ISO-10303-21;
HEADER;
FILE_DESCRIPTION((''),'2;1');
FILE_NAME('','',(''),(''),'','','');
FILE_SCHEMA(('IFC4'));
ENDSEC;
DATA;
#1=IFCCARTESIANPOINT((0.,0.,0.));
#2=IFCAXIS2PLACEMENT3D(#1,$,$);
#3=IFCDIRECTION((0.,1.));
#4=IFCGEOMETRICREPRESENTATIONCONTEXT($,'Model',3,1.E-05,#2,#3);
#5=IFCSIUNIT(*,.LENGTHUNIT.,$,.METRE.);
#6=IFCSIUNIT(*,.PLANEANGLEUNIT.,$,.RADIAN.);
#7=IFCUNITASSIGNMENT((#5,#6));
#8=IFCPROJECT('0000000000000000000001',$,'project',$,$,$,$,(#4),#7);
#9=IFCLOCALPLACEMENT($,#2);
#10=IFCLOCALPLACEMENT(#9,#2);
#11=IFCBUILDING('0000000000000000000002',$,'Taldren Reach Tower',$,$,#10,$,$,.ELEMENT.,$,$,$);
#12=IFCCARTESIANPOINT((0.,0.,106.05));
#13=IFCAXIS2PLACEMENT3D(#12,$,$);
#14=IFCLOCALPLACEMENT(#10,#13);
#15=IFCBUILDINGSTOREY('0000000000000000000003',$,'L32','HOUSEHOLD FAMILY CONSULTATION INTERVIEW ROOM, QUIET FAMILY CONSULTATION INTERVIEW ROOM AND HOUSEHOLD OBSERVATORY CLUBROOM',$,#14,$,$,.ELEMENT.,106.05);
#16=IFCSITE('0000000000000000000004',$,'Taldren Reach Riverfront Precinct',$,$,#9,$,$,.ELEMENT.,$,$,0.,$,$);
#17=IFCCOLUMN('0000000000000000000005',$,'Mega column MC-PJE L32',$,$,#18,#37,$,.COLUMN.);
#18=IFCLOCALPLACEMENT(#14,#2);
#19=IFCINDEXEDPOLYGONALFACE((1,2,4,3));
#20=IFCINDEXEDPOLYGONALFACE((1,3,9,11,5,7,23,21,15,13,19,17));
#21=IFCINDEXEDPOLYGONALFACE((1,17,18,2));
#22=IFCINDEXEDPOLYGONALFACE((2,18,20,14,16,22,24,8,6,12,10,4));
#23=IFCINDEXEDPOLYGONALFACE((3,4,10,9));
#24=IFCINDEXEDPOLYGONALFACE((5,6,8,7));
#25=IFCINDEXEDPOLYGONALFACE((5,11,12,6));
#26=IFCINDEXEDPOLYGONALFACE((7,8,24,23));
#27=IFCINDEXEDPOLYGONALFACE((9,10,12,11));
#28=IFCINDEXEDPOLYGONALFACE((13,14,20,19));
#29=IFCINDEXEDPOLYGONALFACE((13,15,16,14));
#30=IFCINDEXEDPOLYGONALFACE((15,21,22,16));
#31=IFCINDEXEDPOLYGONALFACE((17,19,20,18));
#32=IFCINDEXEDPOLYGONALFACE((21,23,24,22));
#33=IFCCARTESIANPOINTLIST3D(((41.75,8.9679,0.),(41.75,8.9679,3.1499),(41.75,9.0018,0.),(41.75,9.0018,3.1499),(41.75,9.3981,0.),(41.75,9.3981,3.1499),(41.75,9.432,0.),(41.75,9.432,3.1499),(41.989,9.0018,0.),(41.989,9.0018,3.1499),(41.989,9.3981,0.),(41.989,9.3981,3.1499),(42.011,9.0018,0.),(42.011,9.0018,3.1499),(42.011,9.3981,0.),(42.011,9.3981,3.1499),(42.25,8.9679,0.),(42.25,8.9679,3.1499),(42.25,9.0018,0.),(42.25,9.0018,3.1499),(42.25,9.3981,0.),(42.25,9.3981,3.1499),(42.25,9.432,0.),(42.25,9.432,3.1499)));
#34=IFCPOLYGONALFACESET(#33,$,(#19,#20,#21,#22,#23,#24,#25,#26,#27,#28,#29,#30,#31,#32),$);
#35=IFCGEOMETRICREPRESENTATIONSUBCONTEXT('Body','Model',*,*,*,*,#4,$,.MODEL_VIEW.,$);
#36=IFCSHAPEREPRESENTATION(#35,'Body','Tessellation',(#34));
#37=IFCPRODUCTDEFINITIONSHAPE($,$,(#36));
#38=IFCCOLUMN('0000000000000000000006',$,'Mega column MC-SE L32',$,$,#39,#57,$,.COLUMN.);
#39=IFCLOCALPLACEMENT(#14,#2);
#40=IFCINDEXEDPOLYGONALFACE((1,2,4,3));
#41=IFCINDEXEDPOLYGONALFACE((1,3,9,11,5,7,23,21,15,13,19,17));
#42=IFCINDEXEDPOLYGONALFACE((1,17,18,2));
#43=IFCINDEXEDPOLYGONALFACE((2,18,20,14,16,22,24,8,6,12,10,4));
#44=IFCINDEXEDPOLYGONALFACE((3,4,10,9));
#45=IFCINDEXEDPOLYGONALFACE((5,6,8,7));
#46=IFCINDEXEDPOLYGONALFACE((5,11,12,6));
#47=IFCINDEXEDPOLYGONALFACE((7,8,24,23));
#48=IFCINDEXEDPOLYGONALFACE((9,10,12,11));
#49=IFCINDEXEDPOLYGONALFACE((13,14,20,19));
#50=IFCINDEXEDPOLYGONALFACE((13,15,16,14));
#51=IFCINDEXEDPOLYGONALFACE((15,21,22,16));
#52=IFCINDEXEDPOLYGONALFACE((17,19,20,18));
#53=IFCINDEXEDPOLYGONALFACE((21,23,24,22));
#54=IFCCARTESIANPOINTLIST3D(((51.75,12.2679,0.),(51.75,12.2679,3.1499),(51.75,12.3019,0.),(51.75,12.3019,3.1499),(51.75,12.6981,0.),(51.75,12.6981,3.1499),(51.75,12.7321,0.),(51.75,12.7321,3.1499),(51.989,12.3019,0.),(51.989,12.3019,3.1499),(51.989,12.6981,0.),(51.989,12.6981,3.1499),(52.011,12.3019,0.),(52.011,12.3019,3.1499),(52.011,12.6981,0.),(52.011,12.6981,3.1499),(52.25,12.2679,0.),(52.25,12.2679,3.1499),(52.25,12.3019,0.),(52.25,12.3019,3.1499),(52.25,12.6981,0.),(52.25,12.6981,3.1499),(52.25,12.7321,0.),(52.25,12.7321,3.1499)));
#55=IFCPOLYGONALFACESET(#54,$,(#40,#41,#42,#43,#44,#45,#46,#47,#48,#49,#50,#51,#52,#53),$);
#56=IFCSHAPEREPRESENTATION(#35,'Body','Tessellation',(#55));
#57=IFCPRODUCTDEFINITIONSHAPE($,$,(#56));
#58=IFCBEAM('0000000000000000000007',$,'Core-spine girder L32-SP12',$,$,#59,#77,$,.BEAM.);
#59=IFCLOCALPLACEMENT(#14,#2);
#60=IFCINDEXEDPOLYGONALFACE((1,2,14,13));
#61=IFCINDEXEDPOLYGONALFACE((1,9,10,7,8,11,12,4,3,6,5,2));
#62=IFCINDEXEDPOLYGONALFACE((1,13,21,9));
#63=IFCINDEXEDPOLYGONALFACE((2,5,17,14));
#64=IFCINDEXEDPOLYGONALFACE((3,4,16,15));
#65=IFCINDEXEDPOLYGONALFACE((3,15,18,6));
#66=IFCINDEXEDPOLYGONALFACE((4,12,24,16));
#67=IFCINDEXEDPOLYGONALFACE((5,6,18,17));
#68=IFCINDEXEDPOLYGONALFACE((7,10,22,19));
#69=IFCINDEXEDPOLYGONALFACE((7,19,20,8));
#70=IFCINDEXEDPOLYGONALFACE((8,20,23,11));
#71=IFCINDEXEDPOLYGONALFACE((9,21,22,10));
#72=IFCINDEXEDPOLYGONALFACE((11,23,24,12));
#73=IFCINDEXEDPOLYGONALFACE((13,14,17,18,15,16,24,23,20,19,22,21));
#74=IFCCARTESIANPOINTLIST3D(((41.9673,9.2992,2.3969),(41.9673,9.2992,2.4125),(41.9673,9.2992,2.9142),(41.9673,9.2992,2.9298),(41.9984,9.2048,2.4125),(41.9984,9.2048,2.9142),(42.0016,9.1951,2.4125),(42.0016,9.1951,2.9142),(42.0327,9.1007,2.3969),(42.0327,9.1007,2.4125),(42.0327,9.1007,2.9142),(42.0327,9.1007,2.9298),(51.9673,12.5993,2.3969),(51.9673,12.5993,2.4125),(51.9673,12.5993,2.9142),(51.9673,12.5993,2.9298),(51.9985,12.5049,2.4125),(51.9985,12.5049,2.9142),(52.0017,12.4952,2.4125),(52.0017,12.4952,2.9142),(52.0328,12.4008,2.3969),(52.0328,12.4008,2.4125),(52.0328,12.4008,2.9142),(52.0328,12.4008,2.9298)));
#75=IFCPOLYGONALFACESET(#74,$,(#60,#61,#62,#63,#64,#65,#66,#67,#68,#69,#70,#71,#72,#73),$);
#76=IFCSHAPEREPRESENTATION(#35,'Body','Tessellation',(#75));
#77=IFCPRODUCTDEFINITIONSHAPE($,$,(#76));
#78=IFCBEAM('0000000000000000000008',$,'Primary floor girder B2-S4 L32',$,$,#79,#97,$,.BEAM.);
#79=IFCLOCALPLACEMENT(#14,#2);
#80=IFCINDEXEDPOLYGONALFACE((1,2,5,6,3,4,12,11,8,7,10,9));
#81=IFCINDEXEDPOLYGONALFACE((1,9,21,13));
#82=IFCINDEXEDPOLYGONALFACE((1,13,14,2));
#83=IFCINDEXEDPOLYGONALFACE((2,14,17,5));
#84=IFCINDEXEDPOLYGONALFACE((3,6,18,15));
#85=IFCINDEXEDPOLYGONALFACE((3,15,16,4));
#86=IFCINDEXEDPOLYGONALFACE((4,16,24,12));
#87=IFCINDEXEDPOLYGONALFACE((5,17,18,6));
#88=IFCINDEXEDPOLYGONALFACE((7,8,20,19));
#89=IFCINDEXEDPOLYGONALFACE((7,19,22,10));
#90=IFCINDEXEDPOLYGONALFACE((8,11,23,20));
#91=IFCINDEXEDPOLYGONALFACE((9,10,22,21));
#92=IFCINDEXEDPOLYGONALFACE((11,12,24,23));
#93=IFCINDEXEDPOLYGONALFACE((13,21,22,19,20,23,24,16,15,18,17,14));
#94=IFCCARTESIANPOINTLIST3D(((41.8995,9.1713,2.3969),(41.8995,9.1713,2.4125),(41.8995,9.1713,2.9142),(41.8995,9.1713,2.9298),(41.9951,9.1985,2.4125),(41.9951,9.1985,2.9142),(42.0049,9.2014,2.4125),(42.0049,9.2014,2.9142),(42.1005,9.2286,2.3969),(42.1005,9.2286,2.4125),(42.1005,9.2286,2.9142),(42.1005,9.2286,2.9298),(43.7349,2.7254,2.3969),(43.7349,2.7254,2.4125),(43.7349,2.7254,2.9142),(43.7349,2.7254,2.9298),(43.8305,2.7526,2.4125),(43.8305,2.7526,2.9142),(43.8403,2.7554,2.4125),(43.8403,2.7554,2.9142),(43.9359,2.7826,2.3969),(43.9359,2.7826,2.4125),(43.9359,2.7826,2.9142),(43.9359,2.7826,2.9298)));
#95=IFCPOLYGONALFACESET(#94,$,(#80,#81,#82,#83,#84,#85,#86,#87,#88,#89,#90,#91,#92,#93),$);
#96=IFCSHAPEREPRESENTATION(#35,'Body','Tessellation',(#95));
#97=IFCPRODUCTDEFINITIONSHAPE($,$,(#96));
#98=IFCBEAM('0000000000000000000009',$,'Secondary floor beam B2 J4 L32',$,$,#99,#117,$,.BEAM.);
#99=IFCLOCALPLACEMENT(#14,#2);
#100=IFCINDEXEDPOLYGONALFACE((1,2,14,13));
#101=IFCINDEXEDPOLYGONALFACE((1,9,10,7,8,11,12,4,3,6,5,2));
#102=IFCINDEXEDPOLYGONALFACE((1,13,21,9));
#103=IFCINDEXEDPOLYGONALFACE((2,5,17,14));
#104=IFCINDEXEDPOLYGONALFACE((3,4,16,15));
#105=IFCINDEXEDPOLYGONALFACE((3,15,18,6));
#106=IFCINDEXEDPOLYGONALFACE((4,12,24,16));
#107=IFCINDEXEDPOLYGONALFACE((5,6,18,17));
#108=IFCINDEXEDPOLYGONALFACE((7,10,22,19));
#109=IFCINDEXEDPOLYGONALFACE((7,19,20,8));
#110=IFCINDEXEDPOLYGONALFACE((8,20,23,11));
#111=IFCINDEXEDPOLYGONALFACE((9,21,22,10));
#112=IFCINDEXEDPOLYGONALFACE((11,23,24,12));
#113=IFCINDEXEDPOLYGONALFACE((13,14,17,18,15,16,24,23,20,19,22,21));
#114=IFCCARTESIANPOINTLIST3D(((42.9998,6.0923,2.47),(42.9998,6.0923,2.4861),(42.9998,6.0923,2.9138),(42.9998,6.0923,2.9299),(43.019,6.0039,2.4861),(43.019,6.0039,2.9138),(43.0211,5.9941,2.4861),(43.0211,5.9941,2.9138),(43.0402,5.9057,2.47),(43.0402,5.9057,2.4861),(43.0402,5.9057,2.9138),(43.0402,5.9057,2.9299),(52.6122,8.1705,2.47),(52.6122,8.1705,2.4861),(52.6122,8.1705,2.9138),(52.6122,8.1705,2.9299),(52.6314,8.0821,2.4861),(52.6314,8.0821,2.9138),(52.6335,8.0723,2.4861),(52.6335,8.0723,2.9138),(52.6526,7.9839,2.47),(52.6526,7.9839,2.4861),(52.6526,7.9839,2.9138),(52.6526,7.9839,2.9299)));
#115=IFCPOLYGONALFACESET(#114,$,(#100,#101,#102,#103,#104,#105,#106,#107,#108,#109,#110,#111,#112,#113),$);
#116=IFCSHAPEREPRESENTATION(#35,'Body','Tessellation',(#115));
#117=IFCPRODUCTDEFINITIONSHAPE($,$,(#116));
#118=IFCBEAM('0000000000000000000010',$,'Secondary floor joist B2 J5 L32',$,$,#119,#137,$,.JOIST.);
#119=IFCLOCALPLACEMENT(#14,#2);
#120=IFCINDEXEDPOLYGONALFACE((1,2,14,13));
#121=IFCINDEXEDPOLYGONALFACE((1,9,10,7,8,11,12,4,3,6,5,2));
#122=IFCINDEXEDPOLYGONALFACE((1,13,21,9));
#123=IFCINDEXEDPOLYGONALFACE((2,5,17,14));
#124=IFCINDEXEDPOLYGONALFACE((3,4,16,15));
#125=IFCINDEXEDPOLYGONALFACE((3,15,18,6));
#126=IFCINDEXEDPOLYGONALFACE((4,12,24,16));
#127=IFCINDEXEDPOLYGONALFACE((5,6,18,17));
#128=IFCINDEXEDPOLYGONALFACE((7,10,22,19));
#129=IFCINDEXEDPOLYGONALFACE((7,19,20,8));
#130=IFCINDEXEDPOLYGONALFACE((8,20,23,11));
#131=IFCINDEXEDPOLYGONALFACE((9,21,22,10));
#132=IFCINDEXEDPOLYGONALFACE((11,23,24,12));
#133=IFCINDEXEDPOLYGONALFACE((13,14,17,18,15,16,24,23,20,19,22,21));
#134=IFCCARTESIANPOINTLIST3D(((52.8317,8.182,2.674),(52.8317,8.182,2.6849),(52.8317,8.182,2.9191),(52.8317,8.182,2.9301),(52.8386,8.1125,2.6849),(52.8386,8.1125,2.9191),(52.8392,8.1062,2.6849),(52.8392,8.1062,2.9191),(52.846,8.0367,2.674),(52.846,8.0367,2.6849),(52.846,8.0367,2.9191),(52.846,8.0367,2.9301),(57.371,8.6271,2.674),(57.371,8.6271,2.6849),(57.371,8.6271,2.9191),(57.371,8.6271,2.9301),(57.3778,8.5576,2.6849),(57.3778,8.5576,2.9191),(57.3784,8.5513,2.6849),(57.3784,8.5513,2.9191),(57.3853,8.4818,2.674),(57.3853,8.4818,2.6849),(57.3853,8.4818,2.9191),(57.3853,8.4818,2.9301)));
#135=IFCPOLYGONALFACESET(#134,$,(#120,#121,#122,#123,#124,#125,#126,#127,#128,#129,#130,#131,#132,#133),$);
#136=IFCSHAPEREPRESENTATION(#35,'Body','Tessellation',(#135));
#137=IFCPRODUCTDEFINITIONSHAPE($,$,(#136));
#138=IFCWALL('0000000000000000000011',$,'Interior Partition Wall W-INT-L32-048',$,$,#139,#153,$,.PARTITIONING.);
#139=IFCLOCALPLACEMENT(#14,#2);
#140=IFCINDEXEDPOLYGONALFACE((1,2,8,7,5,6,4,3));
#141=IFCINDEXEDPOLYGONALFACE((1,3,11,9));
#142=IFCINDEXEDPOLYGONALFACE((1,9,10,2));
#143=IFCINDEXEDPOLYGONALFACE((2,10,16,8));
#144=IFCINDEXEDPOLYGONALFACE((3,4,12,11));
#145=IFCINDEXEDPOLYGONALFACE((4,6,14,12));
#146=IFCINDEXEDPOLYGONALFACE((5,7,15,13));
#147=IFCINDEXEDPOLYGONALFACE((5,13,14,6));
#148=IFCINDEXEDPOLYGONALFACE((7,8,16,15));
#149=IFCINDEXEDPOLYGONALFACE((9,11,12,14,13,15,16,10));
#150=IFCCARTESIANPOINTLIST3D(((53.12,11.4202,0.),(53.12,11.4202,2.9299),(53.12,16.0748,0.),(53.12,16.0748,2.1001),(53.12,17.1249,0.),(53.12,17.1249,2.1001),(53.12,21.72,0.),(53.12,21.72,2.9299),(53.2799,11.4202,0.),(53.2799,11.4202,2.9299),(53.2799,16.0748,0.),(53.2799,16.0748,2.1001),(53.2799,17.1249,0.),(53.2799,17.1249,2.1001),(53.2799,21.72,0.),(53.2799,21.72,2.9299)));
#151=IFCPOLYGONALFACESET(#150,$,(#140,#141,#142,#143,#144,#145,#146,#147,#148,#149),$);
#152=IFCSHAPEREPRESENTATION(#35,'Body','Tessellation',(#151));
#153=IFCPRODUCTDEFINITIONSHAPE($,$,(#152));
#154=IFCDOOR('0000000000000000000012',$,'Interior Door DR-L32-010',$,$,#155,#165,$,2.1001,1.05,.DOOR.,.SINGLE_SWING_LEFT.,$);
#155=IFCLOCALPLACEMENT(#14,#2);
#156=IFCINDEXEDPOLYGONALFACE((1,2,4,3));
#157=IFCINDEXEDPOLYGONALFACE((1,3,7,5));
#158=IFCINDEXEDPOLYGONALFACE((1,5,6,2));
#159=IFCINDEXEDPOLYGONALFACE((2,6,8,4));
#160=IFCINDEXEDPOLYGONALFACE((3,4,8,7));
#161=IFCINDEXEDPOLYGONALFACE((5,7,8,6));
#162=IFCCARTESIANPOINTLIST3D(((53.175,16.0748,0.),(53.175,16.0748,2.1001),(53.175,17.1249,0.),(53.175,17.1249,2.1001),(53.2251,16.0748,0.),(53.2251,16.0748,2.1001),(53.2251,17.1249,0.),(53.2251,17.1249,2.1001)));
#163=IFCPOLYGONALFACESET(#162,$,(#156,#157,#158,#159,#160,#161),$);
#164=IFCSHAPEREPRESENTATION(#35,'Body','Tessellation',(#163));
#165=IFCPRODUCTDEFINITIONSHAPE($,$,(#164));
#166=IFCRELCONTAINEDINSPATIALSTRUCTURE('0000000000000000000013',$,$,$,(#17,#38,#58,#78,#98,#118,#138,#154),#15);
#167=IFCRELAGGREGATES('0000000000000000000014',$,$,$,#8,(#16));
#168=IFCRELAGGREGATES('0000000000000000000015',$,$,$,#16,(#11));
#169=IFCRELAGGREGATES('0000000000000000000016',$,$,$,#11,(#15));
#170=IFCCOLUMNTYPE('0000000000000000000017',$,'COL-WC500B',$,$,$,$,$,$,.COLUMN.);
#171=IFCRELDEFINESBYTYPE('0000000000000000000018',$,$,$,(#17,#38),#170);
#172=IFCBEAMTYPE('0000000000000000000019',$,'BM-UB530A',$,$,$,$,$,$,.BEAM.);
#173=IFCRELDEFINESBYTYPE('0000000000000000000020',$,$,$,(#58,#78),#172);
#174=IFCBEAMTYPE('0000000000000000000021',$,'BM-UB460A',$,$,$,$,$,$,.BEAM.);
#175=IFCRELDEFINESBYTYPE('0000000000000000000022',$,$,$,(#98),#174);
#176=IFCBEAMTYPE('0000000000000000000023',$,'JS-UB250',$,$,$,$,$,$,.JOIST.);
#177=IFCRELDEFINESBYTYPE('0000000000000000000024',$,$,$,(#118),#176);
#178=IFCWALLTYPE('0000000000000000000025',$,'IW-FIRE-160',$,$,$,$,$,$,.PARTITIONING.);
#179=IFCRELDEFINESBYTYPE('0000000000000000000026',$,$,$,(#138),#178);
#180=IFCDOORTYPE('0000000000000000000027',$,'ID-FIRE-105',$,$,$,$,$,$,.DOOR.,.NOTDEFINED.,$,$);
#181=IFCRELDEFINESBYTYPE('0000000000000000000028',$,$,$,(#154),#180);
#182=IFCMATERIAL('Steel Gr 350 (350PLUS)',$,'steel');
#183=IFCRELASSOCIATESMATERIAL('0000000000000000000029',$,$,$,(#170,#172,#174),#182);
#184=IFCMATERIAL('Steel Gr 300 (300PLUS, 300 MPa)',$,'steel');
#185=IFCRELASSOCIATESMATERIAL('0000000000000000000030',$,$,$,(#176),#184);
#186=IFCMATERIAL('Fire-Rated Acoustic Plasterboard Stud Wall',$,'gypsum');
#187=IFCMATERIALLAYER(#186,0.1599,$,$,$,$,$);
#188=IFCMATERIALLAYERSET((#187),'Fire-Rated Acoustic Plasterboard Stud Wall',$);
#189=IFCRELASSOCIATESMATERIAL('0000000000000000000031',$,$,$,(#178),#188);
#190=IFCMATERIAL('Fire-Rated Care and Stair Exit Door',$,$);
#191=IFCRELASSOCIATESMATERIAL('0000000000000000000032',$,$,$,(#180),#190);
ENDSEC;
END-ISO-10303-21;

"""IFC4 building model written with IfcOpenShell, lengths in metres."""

from ifc_helpers import new_model, si_unit, direction, frame, frame_2d, origin, origin_2d, place, context, subcontext, project, spatial, rectangle, i_section, extrude, source, transform, mapped, material, layer, layer_set, material_profile, profile_set, type_object, element, fill, save


model = new_model("IFC4")

# Units and contexts
model_context = context("Model", 3, precision=1e-05, world=origin(), true_north=direction((0.0, 1.0)))
body_context = subcontext(model_context, "Body", "Model", "MODEL_VIEW")
ifc_project = project(units=[si_unit("LENGTHUNIT", "METRE"), si_unit("PLANEANGLEUNIT", "RADIAN")], contexts=[model_context])

# Site, building, storey
site_placement = place(None, origin())
site = spatial("IfcSite", under=ifc_project, at=site_placement, Name="Taldren Reach Riverfront Precinct", CompositionType="ELEMENT", RefElevation=0.0)
building_placement = place(site_placement, origin())
building = spatial("IfcBuilding", under=site, at=building_placement, Name="Taldren Reach Tower", CompositionType="ELEMENT")
storey_placement = place(building_placement, frame((0.0, 0.0, 106.05)))
storey = spatial("IfcBuildingStorey", under=building, at=storey_placement, Name="L32", Description="HOUSEHOLD FAMILY CONSULTATION INTERVIEW ROOM, QUIET FAMILY CONSULTATION INTERVIEW ROOM AND HOUSEHOLD OBSERVATORY CLUBROOM", CompositionType="ELEMENT", Elevation=106.05)

# Columns
ifc_material_1 = material(Name="Steel Gr 350 (350PLUS)", Category="steel")
ifc_material_profile_1 = material_profile(ifc_material_1, i_section(OverallWidth=0.5, OverallDepth=0.4641, WebThickness=0.022, FlangeThickness=0.0339, at=origin_2d()), Name="500WC340")
ifc_profile_set_1 = profile_set([ifc_material_profile_1], Name="Steel Gr 350 (350PLUS)")
column_type = type_object("IfcColumnType", Name="COL-WC500B", PredefinedType="COLUMN", material=ifc_profile_set_1)
shared_shape_1 = source(origin(), body_context, "Body", "SweptSolid", [
    extrude(i_section(OverallWidth=0.5, OverallDepth=0.4641, WebThickness=0.022, FlangeThickness=0.0339, at=origin_2d()), origin(), (0.0, 0.0, 1.0), 3.1499),
])
for number, where, z_axis, x_axis, name in (
    (1, (42.0, 9.2, 0.0), (0.0, 0.0, 1.0), (1.0, 0.0, 0.0), "Mega column MC-PJE L32"),
    (2, (52.0, 12.5, 0.0), (0.0, 0.0, 1.0), (1.0, 0.0, 0.0), "Mega column MC-SE L32"),
):
    element("IfcColumn", number, at=place(storey_placement, frame(where, z_axis=z_axis, x_axis=x_axis)), inside=storey, type_object=column_type, Name=name, PredefinedType="COLUMN", context=body_context, shape_type="MappedRepresentation", body=[
        mapped(shared_shape_1, transform((0.0, 0.0, 0.0), scale=1.0)),
    ])

# Beams
ifc_material_profile_2 = material_profile(ifc_material_1, i_section(OverallWidth=0.209, OverallDepth=0.533, WebThickness=0.0103, FlangeThickness=0.0156, at=origin_2d()), Name="530UB92.4")
ifc_profile_set_2 = profile_set([ifc_material_profile_2], Name="Steel Gr 350 (350PLUS)")
beam_type_1 = type_object("IfcBeamType", Name="BM-UB530A", PredefinedType="BEAM", material=ifc_profile_set_2)
shared_shape_2 = source(origin(), body_context, "Body", "SweptSolid", [
    extrude(i_section(OverallWidth=0.209, OverallDepth=0.533, WebThickness=0.0103, FlangeThickness=0.0156, at=origin_2d()), origin(), (0.0, 0.0, 1.0), 10.5305),
])
beam_1_placement = place(storey_placement, frame((42.0, 9.2, 2.6633), z_axis=(0.949627, 0.313382, 0.0), x_axis=(-0.313382, 0.949627, 0.0)))
element("IfcBeam", 3, at=beam_1_placement, inside=storey, type_object=beam_type_1, Name="Core-spine girder L32-SP12", PredefinedType="BEAM", context=body_context, shape_type="MappedRepresentation", body=[
    mapped(shared_shape_2, transform((0.0, 0.0, 0.0), scale=1.0)),
])
shared_shape_3 = source(origin(), body_context, "Body", "SweptSolid", [
    extrude(i_section(OverallWidth=0.209, OverallDepth=0.533, WebThickness=0.0103, FlangeThickness=0.0156, at=origin_2d()), origin(), (0.0, 0.0, 1.0), 6.7021),
])
beam_2_placement = place(storey_placement, frame((42.0, 9.2, 2.6633), z_axis=(0.273855, -0.961771, 0.0), x_axis=(0.961771, 0.273855, 0.0)))
element("IfcBeam", 4, at=beam_2_placement, inside=storey, type_object=beam_type_1, Name="Primary floor girder B2-S4 L32", PredefinedType="BEAM", context=body_context, shape_type="MappedRepresentation", body=[
    mapped(shared_shape_3, transform((0.0, 0.0, 0.0), scale=1.0)),
])
ifc_material_profile_3 = material_profile(ifc_material_1, i_section(OverallWidth=0.1909, OverallDepth=0.46, WebThickness=0.01, FlangeThickness=0.0161, at=origin_2d()), Name="460UB82.1")
ifc_profile_set_3 = profile_set([ifc_material_profile_3], Name="Steel Gr 350 (350PLUS)")
beam_type_2 = type_object("IfcBeamType", Name="BM-UB460A", PredefinedType="BEAM", material=ifc_profile_set_3)
shared_shape_4 = source(origin(), body_context, "Body", "SweptSolid", [
    extrude(i_section(OverallWidth=0.1909, OverallDepth=0.46, WebThickness=0.01, FlangeThickness=0.0161, at=origin_2d()), origin(), (0.0, 0.0, 1.0), 9.8345),
])
beam_3_placement = place(storey_placement, frame((43.02, 5.999, 2.7), z_axis=(0.977419, 0.211312, 0.0), x_axis=(-0.211312, 0.977419, 0.0)))
element("IfcBeam", 5, at=beam_3_placement, inside=storey, type_object=beam_type_2, Name="Secondary floor beam B2 J4 L32", PredefinedType="BEAM", context=body_context, shape_type="MappedRepresentation", body=[
    mapped(shared_shape_4, transform((0.0, 0.0, 0.0), scale=1.0)),
])
ifc_material_2 = material(Name="Steel Gr 300 (300PLUS, 300 MPa)", Category="steel")
ifc_material_profile_4 = material_profile(ifc_material_2, i_section(OverallWidth=0.146, OverallDepth=0.2561, WebThickness=0.0063, FlangeThickness=0.011, at=origin_2d()), Name="250UB37.3")
ifc_profile_set_4 = profile_set([ifc_material_profile_4], Name="Steel Gr 300 (300PLUS, 300 MPa)")
beam_type_3 = type_object("IfcBeamType", Name="JS-UB250", PredefinedType="JOIST", material=ifc_profile_set_4)
shared_shape_5 = source(origin(), body_context, "Body", "SweptSolid", [
    extrude(i_section(OverallWidth=0.146, OverallDepth=0.2561, WebThickness=0.0063, FlangeThickness=0.011, at=origin_2d()), origin(), (0.0, 0.0, 1.0), 4.561),
])
beam_4_placement = place(storey_placement, frame((52.8389, 8.1094, 2.802), z_axis=(0.995228, 0.09758, 0.0), x_axis=(-0.09758, 0.995228, 0.0)))
element("IfcBeam", 6, at=beam_4_placement, inside=storey, type_object=beam_type_3, Name="Secondary floor joist B2 J5 L32", PredefinedType="JOIST", context=body_context, shape_type="MappedRepresentation", body=[
    mapped(shared_shape_5, transform((0.0, 0.0, 0.0), scale=1.0)),
])

# Wall, opening, door
ifc_material_3 = material(Name="Fire-Rated Acoustic Plasterboard Stud Wall", Category="gypsum")
ifc_layer_1 = layer(ifc_material_3, 0.1599)
ifc_layer_set_1 = layer_set([ifc_layer_1], Name="Fire-Rated Acoustic Plasterboard Stud Wall")
wall_type_1 = type_object("IfcWallType", Name="IW-FIRE-160", PredefinedType="PARTITIONING", material=ifc_layer_set_1)
shared_shape_6 = source(origin(), body_context, "Body", "SweptSolid", [
    extrude(rectangle(XDim=10.2998, YDim=0.1599, at=frame_2d((5.1499, 0.0))), origin(), (0.0, 0.0, 1.0), 2.9299),
])
wall_1_placement = place(storey_placement, frame((53.2, 11.4202, 0.0), z_axis=(0.0, 0.0, 1.0), x_axis=(0.0, 1.0, 0.0)))
wall_1 = element("IfcWall", 7, at=wall_1_placement, inside=storey, type_object=wall_type_1, Name="Interior Partition Wall W-INT-L32-048", PredefinedType="PARTITIONING", context=body_context, shape_type="MappedRepresentation", body=[
    mapped(shared_shape_6, transform((0.0, 0.0, 0.0), scale=1.0)),
])
shared_shape_7 = source(origin(), body_context, "Body", "SweptSolid", [
    extrude(rectangle(XDim=1.05, YDim=2.1001, at=frame_2d((0.5249, 1.05))), frame((0.0, 0.0898, 0.0), z_axis=(0.0, -1.0, 0.0), x_axis=(1.0, 0.0, 0.0)), (0.0, 0.0, 1.0), 0.1799),
])
opening_1_placement = place(wall_1_placement, frame((4.6548, 0.0, 0.0)))
opening_1 = element("IfcOpeningElement", 8, at=opening_1_placement, cuts=wall_1, PredefinedType="OPENING", context=body_context, shape_type="MappedRepresentation", body=[
    mapped(shared_shape_7, transform((0.0, 0.0, 0.0), scale=1.0)),
])
ifc_material_4 = material(Name="Fire-Rated Care and Stair Exit Door")
door_type_1 = type_object("IfcDoorType", Name="ID-FIRE-105", OperationType="NOTDEFINED", PredefinedType="DOOR", material=ifc_material_4)
shared_shape_8 = source(origin(), body_context, "Body", "SweptSolid", [
    extrude(rectangle(XDim=1.05, YDim=2.1001, at=frame_2d((0.5249, 1.05))), frame((0.0, 0.0249, 0.0), z_axis=(0.0, -1.0, 0.0), x_axis=(1.0, 0.0, 0.0)), (0.0, 0.0, 1.0), 0.05),
])
door_1_placement = place(opening_1_placement, origin())
door_1 = element("IfcDoor", 9, at=door_1_placement, inside=storey, type_object=door_type_1, Name="Interior Door DR-L32-010", OperationType="SINGLE_SWING_LEFT", OverallHeight=2.1001, OverallWidth=1.05, PredefinedType="DOOR", context=body_context, shape_type="MappedRepresentation", body=[
    mapped(shared_shape_8, transform((0.0, 0.0, 0.0), scale=1.0)),
])
fill(opening_1, door_1)

save(model, "model.ifc")
